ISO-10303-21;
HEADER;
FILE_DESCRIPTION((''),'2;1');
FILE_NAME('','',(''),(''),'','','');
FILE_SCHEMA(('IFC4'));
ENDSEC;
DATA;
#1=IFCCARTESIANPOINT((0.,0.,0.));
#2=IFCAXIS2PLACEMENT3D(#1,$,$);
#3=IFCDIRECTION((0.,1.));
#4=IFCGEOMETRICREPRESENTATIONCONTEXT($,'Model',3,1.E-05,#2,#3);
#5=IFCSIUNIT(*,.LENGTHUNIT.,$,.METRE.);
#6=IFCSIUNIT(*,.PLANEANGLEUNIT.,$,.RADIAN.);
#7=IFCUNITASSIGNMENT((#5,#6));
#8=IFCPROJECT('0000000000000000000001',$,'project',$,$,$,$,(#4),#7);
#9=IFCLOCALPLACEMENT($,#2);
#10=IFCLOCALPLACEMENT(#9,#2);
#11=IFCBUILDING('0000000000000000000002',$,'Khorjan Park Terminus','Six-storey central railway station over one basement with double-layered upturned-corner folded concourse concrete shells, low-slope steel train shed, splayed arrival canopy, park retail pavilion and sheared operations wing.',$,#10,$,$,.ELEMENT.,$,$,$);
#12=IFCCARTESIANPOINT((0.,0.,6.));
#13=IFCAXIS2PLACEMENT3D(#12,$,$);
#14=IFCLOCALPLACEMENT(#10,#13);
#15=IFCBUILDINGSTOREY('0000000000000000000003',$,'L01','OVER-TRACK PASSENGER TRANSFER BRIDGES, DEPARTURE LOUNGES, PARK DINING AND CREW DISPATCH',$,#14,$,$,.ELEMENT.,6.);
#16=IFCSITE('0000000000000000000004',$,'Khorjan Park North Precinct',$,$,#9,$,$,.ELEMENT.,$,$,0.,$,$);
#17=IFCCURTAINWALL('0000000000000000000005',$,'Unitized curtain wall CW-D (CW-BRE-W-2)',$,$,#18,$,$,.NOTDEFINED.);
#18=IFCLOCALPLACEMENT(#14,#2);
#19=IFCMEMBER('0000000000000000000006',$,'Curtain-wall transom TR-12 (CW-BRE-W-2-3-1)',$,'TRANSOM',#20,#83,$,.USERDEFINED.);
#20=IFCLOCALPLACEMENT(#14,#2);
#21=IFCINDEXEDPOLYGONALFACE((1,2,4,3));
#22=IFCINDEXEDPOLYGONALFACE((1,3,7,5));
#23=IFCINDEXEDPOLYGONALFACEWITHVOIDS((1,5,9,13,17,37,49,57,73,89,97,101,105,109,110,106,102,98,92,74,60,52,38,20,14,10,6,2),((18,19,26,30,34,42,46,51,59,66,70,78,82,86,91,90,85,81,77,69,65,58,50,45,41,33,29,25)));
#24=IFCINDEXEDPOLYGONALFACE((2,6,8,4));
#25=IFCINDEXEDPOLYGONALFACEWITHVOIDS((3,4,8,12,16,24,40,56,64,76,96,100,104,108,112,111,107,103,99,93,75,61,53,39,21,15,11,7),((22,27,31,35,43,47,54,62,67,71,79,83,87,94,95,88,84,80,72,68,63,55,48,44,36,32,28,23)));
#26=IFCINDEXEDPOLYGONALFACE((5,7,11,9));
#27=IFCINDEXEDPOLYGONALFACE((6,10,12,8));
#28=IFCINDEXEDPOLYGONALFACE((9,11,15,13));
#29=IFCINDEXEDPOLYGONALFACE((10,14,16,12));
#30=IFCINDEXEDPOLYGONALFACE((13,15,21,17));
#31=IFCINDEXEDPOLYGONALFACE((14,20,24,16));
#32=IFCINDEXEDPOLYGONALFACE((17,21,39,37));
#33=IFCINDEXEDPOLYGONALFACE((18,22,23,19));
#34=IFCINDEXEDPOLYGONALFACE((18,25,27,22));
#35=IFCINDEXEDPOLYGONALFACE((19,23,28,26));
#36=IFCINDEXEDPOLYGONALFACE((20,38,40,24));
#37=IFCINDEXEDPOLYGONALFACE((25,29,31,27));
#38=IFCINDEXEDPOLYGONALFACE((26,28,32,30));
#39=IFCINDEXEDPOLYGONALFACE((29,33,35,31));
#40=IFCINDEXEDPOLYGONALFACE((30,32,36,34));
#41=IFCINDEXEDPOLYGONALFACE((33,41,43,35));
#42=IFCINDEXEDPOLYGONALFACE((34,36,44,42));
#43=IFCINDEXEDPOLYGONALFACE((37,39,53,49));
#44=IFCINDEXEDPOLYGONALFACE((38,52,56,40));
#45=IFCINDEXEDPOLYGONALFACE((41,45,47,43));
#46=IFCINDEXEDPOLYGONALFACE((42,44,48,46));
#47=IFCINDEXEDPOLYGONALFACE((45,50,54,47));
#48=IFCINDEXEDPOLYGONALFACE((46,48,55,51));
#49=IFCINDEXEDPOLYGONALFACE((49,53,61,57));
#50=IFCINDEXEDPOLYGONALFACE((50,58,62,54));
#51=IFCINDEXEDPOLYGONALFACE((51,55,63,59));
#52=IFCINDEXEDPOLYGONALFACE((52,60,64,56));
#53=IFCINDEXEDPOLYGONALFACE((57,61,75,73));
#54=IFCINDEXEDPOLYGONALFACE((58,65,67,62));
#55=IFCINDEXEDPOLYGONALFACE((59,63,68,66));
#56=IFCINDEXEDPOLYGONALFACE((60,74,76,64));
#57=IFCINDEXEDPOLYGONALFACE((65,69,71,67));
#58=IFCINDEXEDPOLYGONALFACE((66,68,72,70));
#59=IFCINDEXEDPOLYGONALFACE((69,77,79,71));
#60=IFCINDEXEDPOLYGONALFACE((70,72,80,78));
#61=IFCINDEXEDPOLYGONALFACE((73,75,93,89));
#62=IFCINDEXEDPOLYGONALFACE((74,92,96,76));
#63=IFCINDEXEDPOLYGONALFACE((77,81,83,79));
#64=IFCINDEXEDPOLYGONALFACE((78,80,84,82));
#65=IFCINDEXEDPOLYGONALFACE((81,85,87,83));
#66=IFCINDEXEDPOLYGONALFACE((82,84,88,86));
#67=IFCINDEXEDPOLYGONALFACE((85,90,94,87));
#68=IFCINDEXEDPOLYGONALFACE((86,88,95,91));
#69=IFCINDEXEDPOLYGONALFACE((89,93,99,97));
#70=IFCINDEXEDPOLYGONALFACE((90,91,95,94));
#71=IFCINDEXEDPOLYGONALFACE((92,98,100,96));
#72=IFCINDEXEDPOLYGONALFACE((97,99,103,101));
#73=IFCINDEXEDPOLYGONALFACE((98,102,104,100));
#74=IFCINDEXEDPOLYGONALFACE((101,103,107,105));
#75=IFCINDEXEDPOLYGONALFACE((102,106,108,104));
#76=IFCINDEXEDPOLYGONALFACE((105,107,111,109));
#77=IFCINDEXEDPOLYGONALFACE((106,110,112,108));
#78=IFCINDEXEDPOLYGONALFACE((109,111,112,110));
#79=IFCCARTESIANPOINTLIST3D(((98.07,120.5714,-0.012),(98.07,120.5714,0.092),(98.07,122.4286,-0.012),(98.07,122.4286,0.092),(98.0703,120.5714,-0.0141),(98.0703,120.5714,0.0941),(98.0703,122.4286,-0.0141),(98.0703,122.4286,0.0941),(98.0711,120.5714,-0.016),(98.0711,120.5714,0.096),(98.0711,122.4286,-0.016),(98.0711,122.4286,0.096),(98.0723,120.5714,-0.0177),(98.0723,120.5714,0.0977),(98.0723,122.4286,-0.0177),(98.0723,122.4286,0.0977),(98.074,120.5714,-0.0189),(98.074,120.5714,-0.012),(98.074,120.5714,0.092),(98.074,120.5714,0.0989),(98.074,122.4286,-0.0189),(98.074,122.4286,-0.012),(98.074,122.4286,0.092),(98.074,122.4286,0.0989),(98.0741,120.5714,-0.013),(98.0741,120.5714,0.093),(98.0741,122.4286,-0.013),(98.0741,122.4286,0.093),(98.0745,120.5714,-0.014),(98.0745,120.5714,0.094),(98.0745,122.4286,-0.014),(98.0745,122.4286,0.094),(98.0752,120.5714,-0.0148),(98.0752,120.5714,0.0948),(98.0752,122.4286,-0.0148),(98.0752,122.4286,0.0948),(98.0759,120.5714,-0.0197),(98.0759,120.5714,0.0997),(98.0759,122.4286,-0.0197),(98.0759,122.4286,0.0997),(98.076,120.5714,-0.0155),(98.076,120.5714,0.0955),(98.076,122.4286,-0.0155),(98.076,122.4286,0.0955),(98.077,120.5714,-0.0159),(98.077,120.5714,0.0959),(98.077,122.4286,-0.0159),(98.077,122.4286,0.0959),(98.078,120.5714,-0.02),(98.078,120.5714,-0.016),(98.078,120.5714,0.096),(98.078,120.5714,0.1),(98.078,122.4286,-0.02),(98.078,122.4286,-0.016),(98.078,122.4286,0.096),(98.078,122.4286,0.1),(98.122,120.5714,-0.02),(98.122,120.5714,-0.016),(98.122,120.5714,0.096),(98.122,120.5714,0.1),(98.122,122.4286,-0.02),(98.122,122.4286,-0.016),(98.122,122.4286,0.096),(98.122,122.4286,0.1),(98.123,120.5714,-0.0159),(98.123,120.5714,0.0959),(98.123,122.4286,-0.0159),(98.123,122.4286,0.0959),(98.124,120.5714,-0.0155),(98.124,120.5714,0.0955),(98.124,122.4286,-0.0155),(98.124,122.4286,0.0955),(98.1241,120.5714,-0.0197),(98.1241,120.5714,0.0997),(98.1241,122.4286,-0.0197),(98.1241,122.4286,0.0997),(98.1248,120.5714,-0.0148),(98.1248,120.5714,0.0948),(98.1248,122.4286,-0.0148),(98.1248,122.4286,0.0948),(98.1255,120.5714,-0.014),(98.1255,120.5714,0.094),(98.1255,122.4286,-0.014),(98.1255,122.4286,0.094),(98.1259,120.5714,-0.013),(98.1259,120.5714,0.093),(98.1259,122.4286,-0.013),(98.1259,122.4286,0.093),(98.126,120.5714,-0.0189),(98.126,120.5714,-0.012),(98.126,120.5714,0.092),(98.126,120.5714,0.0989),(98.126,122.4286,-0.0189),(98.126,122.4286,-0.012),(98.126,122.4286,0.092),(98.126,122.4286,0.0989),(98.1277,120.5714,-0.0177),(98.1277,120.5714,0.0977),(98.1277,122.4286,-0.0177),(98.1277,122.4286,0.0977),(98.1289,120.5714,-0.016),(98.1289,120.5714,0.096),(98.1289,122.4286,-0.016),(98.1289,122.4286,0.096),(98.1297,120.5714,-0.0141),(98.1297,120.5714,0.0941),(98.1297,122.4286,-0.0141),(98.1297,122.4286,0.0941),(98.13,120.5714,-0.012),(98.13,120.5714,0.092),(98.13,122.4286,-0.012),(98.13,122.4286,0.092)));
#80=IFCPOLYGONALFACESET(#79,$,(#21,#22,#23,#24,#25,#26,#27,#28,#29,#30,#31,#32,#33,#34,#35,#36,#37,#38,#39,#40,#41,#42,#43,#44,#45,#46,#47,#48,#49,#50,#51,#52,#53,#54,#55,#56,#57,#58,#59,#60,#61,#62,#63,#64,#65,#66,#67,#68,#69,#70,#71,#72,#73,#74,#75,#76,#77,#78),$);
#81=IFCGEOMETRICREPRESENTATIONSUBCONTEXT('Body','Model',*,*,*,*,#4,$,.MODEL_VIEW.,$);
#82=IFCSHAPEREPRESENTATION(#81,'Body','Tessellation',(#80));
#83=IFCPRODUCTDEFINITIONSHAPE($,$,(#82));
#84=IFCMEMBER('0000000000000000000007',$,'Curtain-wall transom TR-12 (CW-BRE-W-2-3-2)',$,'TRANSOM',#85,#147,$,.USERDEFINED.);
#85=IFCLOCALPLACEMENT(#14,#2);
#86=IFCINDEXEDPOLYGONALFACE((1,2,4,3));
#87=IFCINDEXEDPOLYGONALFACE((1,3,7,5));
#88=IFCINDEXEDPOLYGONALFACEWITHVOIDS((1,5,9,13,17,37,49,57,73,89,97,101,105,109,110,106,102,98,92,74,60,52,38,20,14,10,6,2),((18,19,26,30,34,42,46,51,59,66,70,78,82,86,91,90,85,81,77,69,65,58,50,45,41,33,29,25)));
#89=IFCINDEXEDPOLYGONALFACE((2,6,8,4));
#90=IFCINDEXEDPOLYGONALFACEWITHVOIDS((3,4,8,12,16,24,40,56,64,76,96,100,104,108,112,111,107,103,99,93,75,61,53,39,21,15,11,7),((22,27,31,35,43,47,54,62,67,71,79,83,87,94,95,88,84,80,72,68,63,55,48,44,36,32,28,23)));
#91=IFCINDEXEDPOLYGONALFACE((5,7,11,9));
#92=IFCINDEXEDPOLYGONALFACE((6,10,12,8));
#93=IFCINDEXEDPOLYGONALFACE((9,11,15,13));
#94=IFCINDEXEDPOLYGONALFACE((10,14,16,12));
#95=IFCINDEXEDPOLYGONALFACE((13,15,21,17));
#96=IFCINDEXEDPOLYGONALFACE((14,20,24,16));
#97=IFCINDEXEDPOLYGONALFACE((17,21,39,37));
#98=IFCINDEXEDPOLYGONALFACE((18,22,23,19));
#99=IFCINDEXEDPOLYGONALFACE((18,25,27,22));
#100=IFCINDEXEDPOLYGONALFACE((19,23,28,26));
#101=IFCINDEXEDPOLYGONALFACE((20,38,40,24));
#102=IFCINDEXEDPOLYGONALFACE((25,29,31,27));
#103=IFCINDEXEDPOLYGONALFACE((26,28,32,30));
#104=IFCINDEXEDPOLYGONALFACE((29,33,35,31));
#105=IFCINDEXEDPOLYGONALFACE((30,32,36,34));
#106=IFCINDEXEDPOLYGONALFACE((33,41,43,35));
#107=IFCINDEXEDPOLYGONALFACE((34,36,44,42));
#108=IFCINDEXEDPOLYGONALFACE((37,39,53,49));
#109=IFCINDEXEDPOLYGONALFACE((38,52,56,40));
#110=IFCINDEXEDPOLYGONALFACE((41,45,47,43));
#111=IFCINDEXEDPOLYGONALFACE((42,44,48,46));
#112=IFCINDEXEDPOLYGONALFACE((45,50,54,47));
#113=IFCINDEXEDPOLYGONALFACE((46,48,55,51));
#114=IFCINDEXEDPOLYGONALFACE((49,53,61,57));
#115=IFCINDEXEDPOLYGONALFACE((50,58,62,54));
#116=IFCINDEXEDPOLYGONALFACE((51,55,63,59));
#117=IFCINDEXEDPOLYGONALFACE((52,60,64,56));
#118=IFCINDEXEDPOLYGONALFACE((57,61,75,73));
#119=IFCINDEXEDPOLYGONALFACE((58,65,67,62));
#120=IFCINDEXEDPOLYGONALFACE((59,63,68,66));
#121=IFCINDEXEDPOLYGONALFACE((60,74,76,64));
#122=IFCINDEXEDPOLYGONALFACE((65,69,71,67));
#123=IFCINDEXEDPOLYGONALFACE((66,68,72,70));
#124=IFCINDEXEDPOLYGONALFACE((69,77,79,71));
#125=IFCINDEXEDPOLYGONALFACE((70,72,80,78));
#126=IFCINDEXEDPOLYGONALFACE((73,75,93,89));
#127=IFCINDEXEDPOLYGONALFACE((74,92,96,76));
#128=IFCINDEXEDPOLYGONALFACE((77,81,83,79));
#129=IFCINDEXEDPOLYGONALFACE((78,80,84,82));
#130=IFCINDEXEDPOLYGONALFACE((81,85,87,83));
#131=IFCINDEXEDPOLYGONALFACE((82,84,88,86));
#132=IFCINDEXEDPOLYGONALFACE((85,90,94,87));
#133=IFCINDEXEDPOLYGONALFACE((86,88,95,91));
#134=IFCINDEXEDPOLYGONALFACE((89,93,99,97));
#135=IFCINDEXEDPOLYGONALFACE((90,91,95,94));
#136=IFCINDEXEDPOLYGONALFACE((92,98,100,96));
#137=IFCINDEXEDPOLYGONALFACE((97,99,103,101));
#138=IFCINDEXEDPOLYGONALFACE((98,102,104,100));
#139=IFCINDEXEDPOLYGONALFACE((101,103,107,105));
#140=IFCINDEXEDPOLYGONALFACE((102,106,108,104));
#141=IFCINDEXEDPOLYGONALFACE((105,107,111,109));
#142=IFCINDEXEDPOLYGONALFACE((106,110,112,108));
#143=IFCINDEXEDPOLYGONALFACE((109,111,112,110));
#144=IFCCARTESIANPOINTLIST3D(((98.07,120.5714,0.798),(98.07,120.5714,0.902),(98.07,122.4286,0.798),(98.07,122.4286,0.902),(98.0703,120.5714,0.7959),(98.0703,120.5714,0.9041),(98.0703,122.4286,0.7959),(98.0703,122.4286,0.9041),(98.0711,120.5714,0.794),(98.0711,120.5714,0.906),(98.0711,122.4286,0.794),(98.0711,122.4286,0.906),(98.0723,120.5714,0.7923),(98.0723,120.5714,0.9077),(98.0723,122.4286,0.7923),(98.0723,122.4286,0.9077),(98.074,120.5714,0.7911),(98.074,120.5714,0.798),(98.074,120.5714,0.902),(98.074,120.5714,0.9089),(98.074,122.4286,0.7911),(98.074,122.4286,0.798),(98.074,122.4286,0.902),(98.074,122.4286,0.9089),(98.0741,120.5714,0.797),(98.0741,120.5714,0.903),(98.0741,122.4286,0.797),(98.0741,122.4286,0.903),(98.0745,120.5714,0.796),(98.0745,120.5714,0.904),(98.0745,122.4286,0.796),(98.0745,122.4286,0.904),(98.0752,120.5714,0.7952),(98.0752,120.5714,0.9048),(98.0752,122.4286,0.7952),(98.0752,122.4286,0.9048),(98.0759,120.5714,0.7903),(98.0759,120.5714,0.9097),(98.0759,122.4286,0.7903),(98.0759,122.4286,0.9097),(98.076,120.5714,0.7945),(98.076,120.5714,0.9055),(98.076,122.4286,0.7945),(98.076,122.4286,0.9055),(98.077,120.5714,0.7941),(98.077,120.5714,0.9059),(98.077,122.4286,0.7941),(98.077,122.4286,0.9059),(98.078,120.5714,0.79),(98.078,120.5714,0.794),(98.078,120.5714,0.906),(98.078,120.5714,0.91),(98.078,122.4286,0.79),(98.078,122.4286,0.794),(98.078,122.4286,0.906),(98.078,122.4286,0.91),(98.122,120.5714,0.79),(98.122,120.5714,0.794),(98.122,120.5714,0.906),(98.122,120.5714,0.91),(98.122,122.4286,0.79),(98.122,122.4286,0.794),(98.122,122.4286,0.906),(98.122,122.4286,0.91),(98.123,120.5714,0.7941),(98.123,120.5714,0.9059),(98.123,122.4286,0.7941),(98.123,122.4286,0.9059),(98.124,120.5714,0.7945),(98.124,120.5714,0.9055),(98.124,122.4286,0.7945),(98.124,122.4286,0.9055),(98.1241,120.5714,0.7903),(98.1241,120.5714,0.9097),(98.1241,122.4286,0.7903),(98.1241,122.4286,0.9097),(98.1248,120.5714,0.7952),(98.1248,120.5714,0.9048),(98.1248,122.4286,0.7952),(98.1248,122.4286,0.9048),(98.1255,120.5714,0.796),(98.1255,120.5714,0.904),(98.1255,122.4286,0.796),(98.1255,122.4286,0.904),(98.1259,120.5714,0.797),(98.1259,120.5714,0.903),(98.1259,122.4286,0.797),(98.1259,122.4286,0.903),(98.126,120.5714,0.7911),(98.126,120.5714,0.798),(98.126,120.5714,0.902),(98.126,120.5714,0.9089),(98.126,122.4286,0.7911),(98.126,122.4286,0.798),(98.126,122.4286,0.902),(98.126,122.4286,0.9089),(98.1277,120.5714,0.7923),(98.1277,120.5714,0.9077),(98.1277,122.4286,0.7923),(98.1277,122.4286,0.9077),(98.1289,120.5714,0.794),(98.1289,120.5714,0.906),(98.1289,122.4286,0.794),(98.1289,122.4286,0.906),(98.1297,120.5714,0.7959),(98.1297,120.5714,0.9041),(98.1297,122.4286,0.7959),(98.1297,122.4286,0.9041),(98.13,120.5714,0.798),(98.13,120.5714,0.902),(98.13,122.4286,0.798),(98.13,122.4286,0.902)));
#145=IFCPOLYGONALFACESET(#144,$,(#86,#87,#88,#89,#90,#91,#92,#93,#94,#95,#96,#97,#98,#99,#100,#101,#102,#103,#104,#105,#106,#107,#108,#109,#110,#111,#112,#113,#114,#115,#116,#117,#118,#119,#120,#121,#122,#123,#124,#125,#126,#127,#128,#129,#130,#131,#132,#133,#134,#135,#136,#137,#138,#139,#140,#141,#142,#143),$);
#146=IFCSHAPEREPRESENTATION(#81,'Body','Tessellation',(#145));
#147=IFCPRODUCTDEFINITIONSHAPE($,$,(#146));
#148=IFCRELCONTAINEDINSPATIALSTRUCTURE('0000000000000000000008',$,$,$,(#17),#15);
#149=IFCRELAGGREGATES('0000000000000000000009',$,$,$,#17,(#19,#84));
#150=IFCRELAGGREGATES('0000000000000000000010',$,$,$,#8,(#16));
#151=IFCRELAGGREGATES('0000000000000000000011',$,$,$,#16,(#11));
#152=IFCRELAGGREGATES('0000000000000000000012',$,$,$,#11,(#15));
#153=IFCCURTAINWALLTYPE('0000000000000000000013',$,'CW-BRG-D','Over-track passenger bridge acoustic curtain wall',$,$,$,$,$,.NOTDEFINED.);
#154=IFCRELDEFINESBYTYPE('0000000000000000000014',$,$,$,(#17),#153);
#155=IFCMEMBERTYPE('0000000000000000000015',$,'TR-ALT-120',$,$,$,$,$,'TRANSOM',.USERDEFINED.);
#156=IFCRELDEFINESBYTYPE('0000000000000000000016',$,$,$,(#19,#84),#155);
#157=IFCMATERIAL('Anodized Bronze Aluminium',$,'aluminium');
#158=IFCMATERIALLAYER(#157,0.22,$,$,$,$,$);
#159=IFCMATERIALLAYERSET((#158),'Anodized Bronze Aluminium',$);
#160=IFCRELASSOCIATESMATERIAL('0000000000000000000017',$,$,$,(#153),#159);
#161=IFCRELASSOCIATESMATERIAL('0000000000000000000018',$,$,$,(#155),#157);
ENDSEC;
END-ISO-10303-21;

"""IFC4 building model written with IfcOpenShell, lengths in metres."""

from ifc_helpers import new_model, si_unit, direction, frame, origin, origin_2d, place, context, subcontext, project, spatial, hollow_rectangle, extrude, material, layer, layer_set, material_profile, profile_set, type_object, element, aggregate, save


model = new_model("IFC4")

# Units and contexts
model_context = context("Model", 3, precision=1e-05, world=origin(), true_north=direction((0.0, 1.0)))
body_context = subcontext(model_context, "Body", "Model", "MODEL_VIEW")
ifc_project = project(units=[si_unit("LENGTHUNIT", "METRE"), si_unit("PLANEANGLEUNIT", "RADIAN")], contexts=[model_context])

# Site, building, storey
site_placement = place(None, origin())
site = spatial("IfcSite", under=ifc_project, at=site_placement, Name="Khorjan Park North Precinct", CompositionType="ELEMENT", RefElevation=0.0)
building_placement = place(site_placement, origin())
building = spatial("IfcBuilding", under=site, at=building_placement, Name="Khorjan Park Terminus", Description="Six-storey central railway station over one basement with double-layered upturned-corner folded concourse concrete shells, low-slope steel train shed, splayed arrival canopy, park retail pavilion and sheared operations wing.", CompositionType="ELEMENT")
storey_placement = place(building_placement, frame((0.0, 0.0, 6.0)))
storey = spatial("IfcBuildingStorey", under=building, at=storey_placement, Name="L01", Description="OVER-TRACK PASSENGER TRANSFER BRIDGES, DEPARTURE LOUNGES, PARK DINING AND CREW DISPATCH", CompositionType="ELEMENT", Elevation=6.0)

# Curtain wall, members
ifc_material_1 = material(Name="Anodized Bronze Aluminium", Category="aluminium")
ifc_layer_1 = layer(ifc_material_1, 0.22)
ifc_layer_set_1 = layer_set([ifc_layer_1], Name="Anodized Bronze Aluminium")
curtain_wall_type = type_object("IfcCurtainWallType", Name="CW-BRG-D", Description="Over-track passenger bridge acoustic curtain wall", PredefinedType="NOTDEFINED", material=ifc_layer_set_1)
curtain_wall_placement = place(storey_placement, origin())
curtain_wall = element("IfcCurtainWall", 1, at=curtain_wall_placement, inside=storey, type_object=curtain_wall_type, Name="Unitized curtain wall CW-D (CW-BRE-W-2)", PredefinedType="NOTDEFINED")
ifc_material_profile_1 = material_profile(ifc_material_1, hollow_rectangle(XDim=0.06, YDim=0.12, WallThickness=0.004, InnerFilletRadius=0.004, OuterFilletRadius=0.008, at=origin_2d()), Name="ALT 60x120x4")
ifc_profile_set_1 = profile_set([ifc_material_profile_1], Name="Anodized Bronze Aluminium")
member_type_1 = type_object("IfcMemberType", Name="TR-ALT-120", ElementType="TRANSOM", PredefinedType="USERDEFINED", material=ifc_profile_set_1)
member_1_placement = place(storey_placement, frame((98.1, 122.4286, 0.04), z_axis=(0.0, -1.0, 0.0), x_axis=(1.0, 0.0, 0.0)))
member_1 = element("IfcMember", 2, at=member_1_placement, type_object=member_type_1, Name="Curtain-wall transom TR-12 (CW-BRE-W-2-3-1)", ObjectType="TRANSOM", PredefinedType="USERDEFINED", context=body_context, shape_type="SweptSolid", body=[
    extrude(hollow_rectangle(XDim=0.06, YDim=0.12, WallThickness=0.004, InnerFilletRadius=0.004, OuterFilletRadius=0.008, at=origin_2d()), origin(), (0.0, 0.0, 1.0), 1.8572),
])
member_2_placement = place(storey_placement, frame((98.1, 122.4286, 0.85), z_axis=(0.0, -1.0, 0.0), x_axis=(1.0, 0.0, 0.0)))
member_2 = element("IfcMember", 3, at=member_2_placement, type_object=member_type_1, Name="Curtain-wall transom TR-12 (CW-BRE-W-2-3-2)", ObjectType="TRANSOM", PredefinedType="USERDEFINED", context=body_context, shape_type="SweptSolid", body=[
    extrude(hollow_rectangle(XDim=0.06, YDim=0.12, WallThickness=0.004, InnerFilletRadius=0.004, OuterFilletRadius=0.008, at=origin_2d()), origin(), (0.0, 0.0, 1.0), 1.8572),
])
aggregate(curtain_wall, [member_1, member_2])

save(model, "model.ifc")
